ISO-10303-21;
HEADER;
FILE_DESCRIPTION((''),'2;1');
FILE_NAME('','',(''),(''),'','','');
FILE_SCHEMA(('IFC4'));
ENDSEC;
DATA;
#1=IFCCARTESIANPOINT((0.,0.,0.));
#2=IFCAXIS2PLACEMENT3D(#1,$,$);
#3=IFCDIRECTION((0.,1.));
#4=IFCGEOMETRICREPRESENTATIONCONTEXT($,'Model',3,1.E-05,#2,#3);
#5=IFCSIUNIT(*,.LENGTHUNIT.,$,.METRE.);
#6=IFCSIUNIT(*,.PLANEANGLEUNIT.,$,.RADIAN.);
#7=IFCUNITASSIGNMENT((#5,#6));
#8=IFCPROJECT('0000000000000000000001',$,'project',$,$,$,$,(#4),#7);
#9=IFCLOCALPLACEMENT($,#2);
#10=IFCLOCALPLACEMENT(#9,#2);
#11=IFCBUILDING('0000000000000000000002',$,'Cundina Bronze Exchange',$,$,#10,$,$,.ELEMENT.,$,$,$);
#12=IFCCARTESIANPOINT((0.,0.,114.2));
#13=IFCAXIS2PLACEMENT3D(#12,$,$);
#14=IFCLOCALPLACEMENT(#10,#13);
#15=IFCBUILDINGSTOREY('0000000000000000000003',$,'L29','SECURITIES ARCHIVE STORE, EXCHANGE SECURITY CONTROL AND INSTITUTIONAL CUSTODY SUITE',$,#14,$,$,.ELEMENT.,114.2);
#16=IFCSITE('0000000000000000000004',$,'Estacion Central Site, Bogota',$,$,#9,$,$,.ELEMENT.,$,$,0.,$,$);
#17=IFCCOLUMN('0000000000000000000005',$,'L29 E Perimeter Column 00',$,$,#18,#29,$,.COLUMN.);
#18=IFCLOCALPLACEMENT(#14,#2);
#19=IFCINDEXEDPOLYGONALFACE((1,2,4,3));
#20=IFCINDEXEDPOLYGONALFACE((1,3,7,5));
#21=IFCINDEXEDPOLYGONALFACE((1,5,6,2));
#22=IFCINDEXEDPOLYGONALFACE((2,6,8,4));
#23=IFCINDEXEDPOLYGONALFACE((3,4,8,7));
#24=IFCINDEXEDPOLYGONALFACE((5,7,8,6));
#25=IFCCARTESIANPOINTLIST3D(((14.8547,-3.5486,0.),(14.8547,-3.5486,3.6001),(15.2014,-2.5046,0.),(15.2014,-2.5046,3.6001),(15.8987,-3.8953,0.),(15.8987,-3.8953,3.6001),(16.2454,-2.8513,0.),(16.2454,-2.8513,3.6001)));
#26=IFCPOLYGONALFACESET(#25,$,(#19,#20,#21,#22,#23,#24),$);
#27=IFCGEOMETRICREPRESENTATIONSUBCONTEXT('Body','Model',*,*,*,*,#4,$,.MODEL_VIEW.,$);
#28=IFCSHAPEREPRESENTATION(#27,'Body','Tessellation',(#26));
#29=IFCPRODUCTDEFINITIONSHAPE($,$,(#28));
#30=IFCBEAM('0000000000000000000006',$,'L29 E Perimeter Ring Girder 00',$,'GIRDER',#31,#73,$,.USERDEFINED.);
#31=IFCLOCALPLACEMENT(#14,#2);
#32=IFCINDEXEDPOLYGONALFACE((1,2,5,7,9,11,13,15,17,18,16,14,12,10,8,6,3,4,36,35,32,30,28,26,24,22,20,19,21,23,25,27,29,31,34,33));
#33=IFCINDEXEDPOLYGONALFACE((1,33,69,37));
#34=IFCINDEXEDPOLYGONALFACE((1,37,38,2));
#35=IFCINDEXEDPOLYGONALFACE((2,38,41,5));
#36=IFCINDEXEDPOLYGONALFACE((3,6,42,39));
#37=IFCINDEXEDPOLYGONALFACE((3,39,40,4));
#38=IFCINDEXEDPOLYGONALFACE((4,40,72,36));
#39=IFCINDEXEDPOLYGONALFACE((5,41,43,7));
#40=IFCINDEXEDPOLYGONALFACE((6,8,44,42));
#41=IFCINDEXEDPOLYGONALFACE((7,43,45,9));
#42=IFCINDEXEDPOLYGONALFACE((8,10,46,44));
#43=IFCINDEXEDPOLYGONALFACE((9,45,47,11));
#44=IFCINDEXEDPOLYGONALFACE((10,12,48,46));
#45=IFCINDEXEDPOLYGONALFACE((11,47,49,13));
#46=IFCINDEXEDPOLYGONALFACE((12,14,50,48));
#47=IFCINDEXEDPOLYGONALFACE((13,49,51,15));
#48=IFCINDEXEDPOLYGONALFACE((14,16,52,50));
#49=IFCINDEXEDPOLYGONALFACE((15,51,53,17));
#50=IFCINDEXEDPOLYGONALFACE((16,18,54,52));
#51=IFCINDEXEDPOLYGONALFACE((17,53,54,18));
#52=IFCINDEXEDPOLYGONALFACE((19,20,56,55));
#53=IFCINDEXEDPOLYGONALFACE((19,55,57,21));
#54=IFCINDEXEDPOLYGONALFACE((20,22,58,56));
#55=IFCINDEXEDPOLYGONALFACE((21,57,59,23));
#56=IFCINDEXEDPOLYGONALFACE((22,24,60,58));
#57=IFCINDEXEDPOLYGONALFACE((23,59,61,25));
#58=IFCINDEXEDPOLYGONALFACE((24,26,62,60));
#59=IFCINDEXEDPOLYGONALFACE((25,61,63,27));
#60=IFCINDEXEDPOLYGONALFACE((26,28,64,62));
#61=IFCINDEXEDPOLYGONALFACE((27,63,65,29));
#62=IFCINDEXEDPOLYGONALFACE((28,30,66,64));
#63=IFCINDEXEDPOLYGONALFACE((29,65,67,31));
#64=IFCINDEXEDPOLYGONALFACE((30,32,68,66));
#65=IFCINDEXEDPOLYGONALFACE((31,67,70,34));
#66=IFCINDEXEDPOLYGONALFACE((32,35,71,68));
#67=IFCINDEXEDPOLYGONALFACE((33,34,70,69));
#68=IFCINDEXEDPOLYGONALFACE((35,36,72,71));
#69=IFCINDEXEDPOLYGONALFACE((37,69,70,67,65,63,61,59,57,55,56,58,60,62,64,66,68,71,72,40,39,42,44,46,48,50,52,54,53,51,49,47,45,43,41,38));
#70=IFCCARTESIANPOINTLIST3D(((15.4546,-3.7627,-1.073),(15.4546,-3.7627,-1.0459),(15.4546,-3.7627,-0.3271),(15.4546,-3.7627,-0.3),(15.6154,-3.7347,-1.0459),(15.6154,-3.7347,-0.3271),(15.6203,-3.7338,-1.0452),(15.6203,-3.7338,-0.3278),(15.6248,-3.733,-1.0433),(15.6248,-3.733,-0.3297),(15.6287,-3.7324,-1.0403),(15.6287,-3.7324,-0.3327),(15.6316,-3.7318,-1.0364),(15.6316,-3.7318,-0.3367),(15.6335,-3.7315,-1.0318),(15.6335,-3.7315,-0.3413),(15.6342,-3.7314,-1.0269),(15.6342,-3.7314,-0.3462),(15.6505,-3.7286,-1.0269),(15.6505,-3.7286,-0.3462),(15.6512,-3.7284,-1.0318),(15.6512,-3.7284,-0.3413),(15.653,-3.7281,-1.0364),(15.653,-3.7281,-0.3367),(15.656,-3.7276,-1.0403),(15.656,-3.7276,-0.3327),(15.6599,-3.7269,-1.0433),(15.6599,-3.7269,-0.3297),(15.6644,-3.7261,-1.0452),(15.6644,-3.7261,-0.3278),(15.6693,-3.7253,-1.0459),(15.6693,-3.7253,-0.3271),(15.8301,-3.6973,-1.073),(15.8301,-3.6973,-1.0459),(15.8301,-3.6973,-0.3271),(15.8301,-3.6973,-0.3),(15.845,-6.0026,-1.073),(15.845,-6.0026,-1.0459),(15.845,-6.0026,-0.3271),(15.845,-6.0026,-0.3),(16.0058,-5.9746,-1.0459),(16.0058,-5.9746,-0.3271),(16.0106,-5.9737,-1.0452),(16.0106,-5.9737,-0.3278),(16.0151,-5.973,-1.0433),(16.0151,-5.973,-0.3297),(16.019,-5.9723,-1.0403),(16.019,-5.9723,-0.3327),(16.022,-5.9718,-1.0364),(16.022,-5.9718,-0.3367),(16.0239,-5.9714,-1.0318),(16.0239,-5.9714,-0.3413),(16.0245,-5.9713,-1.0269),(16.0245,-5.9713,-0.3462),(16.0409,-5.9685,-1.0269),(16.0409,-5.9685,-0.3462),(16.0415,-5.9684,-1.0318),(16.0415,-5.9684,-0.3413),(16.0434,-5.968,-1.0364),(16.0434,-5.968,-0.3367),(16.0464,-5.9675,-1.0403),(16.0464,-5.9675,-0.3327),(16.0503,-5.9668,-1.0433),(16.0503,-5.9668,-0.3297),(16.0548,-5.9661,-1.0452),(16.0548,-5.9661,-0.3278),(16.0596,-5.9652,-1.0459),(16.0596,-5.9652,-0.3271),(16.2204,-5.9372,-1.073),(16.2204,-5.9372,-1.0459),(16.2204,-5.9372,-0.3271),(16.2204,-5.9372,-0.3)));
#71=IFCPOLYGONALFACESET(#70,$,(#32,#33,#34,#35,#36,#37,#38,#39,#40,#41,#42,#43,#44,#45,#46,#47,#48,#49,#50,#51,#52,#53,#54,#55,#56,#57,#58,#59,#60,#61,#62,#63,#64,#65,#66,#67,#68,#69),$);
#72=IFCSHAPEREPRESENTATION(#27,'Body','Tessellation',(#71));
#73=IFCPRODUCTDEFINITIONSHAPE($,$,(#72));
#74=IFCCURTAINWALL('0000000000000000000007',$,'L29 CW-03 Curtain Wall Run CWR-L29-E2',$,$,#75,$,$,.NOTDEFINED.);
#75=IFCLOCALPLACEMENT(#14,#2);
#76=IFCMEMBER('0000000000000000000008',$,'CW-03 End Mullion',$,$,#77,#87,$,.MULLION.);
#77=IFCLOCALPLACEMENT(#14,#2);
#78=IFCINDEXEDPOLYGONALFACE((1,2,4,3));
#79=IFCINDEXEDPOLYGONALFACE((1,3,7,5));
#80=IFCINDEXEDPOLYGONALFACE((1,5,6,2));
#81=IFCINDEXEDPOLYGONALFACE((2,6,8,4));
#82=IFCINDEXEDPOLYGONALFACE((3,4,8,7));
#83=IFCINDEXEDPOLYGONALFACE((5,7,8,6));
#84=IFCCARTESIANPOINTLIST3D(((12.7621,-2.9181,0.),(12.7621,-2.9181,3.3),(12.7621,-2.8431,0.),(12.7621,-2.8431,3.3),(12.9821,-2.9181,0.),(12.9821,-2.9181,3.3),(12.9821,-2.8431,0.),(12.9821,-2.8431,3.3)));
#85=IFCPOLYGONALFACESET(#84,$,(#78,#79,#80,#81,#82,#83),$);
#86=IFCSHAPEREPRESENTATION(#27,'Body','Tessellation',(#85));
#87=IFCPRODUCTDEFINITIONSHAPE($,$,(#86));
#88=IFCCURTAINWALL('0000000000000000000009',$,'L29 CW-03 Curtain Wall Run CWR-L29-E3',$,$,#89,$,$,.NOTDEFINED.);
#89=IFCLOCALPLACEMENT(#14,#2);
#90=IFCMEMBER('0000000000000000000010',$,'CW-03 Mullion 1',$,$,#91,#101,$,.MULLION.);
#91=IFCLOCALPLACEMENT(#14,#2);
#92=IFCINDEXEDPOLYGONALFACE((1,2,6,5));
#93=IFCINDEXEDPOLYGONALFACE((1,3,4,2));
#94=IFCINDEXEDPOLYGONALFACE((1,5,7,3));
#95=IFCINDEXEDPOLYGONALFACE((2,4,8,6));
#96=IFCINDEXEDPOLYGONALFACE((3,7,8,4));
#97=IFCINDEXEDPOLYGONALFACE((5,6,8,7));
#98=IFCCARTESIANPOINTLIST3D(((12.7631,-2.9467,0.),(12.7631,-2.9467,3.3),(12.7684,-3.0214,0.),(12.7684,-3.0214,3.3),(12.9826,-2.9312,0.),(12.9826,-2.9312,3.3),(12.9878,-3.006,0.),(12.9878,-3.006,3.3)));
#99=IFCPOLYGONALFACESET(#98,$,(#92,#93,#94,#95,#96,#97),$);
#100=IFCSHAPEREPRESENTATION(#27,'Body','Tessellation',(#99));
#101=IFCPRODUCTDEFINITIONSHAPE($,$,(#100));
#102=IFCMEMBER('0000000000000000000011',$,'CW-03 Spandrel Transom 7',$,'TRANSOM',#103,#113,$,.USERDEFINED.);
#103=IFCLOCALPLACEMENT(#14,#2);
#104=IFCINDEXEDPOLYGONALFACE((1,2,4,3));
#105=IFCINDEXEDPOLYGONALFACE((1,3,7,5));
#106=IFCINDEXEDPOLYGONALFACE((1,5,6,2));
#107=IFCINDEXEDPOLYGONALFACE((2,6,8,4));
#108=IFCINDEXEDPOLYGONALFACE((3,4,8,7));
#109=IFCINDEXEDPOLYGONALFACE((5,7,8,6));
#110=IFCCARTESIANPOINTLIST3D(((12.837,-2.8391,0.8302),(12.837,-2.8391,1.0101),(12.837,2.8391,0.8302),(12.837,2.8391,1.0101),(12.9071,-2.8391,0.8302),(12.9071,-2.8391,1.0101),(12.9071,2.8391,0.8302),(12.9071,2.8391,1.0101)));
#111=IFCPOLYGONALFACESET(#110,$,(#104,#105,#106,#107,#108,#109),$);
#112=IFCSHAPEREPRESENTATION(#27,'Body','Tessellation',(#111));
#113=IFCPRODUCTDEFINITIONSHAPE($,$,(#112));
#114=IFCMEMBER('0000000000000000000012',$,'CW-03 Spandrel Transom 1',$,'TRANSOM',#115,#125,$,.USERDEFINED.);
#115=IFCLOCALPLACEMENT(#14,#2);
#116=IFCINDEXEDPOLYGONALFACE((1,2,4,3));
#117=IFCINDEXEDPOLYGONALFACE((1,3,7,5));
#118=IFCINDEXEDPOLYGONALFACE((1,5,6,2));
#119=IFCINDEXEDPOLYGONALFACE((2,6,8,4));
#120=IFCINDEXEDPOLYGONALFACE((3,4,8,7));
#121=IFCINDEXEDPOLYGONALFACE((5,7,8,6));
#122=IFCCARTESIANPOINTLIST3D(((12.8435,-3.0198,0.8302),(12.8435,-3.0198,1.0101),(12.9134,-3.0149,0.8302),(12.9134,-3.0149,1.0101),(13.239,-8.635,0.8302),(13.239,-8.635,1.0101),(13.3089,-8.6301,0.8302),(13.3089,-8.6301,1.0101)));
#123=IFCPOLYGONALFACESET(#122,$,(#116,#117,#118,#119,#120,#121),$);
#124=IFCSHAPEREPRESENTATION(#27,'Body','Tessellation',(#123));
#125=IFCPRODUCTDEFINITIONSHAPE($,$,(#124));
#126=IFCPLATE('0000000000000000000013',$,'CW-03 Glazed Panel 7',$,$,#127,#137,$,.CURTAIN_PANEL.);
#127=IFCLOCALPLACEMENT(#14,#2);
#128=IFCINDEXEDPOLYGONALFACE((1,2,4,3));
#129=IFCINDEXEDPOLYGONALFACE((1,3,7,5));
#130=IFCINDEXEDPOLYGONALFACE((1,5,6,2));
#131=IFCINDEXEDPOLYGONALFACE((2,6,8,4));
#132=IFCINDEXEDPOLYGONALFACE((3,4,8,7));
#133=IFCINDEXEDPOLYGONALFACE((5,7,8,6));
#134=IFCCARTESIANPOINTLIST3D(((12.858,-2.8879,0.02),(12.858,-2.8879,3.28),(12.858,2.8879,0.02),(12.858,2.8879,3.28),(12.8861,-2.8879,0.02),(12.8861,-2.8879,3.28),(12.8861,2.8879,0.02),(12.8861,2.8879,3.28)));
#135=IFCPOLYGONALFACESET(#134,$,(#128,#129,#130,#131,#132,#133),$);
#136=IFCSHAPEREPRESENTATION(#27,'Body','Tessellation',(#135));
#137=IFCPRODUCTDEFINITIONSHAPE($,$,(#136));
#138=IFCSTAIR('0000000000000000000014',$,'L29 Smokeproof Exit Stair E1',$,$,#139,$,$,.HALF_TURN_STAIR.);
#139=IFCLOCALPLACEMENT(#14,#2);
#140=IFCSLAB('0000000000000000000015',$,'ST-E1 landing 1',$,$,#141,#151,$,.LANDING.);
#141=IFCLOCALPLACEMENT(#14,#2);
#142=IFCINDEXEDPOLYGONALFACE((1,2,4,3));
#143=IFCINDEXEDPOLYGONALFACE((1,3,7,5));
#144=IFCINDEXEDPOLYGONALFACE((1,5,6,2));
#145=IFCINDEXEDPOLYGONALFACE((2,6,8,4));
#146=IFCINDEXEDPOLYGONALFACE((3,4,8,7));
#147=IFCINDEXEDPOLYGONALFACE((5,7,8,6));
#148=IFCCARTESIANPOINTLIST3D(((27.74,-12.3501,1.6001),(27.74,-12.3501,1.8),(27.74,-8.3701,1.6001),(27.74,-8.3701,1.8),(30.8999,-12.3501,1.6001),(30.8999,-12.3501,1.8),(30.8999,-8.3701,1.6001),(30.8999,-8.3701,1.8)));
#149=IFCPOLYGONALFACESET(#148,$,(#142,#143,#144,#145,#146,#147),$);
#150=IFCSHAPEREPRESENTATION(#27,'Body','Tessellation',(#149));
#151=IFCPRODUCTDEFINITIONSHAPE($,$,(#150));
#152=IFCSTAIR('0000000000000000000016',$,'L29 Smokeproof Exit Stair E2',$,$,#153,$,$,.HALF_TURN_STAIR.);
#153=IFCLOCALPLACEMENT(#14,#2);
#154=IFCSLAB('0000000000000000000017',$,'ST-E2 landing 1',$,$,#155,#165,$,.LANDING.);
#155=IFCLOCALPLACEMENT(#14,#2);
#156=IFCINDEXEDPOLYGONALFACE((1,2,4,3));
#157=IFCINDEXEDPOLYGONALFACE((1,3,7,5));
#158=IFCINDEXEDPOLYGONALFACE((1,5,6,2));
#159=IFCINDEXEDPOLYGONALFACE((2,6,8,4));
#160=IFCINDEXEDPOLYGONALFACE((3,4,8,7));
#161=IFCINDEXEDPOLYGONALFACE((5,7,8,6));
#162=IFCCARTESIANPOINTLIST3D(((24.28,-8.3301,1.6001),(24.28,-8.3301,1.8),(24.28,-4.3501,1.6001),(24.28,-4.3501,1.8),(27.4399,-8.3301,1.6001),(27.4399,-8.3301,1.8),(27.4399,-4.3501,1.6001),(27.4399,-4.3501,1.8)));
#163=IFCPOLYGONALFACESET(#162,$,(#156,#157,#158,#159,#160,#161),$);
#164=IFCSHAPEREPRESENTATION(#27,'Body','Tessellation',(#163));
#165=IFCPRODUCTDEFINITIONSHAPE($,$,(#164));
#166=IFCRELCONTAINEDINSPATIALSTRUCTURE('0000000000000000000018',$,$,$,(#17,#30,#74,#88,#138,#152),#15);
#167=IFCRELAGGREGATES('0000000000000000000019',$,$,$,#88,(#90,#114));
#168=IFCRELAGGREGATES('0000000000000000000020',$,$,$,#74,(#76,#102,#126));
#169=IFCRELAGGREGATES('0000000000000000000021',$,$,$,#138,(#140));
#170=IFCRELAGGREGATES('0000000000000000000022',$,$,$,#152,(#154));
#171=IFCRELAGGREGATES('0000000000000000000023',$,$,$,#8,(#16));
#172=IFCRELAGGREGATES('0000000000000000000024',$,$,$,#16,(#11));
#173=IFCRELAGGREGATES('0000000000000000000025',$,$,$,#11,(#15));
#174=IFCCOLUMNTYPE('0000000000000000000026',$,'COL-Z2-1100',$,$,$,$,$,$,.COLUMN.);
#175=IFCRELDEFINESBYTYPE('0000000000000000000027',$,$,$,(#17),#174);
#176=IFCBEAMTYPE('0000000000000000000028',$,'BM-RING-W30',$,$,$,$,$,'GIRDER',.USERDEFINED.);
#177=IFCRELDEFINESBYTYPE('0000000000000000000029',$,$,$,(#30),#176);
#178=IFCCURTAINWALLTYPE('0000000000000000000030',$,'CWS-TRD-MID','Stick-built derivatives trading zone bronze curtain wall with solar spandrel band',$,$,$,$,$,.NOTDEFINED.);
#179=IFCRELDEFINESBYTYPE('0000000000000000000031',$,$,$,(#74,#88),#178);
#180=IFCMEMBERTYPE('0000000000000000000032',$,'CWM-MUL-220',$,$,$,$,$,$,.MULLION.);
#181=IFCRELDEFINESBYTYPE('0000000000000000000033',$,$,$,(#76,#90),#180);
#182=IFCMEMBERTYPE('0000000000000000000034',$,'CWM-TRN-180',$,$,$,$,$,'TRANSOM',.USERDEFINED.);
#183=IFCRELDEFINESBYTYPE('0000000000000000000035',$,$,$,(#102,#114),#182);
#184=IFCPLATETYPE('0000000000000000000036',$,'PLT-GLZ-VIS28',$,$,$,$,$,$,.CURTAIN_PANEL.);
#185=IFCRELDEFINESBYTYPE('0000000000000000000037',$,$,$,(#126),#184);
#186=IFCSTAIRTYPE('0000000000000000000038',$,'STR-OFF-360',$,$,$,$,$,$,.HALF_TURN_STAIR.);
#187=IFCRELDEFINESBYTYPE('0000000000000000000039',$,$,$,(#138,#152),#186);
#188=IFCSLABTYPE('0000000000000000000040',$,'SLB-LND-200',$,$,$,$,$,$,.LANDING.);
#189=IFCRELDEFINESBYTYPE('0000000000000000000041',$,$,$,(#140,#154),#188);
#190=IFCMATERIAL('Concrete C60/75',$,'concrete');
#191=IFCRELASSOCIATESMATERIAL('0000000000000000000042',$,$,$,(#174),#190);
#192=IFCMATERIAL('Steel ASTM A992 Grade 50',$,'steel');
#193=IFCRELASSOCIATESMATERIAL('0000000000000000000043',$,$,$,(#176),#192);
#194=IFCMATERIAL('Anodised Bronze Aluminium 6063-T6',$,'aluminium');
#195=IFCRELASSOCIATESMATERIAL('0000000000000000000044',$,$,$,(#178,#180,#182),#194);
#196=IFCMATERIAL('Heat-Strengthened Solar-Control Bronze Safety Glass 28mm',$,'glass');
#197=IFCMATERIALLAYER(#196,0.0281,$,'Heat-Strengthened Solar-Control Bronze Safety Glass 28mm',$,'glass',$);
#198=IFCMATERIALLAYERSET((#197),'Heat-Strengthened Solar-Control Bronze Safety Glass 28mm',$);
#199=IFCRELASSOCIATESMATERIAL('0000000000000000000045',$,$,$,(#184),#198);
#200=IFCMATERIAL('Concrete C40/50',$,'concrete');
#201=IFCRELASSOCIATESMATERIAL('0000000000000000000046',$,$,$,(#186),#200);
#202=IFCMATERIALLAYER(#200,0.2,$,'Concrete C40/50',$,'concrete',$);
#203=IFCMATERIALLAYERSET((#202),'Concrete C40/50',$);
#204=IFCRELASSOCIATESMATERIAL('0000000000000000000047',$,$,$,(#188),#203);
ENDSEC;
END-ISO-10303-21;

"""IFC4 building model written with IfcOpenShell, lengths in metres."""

from ifc_helpers import new_model, si_unit, direction, frame, origin, origin_2d, place, context, subcontext, project, spatial, polyline, rectangle, i_section, outline, extrude, material, layer, layer_set, material_profile, profile_set, type_object, element, aggregate, save


model = new_model("IFC4")

# Units and contexts
model_context = context("Model", 3, precision=1e-05, world=origin(), true_north=direction((0.0, 1.0)))
body_context = subcontext(model_context, "Body", "Model", "MODEL_VIEW")
ifc_project = project(units=[si_unit("LENGTHUNIT", "METRE"), si_unit("PLANEANGLEUNIT", "RADIAN")], contexts=[model_context])

# Site, building, storey
site_placement = place(None, origin())
site = spatial("IfcSite", under=ifc_project, at=site_placement, Name="Estacion Central Site, Bogota", CompositionType="ELEMENT", RefElevation=0.0)
building_placement = place(site_placement, origin())
building = spatial("IfcBuilding", under=site, at=building_placement, Name="Cundina Bronze Exchange", CompositionType="ELEMENT")
storey_placement = place(building_placement, frame((0.0, 0.0, 114.2)))
storey = spatial("IfcBuildingStorey", under=building, at=storey_placement, Name="L29", Description="SECURITIES ARCHIVE STORE, EXCHANGE SECURITY CONTROL AND INSTITUTIONAL CUSTODY SUITE", CompositionType="ELEMENT", Elevation=114.2)

# Column
ifc_material_1 = material(Name="Concrete C60/75", Category="concrete")
ifc_material_profile_1 = material_profile(ifc_material_1, rectangle(XDim=1.1001, YDim=1.1001, at=origin_2d()), Name="RC1100X1100", Category="concrete")
ifc_profile_set_1 = profile_set([ifc_material_profile_1], Name="Concrete C60/75")
column_type = type_object("IfcColumnType", Name="COL-Z2-1100", PredefinedType="COLUMN", material=ifc_profile_set_1)
column_placement = place(storey_placement, frame((15.55, -3.2, 0.0), z_axis=(0.0, 0.0, 1.0), x_axis=(-0.315152, -0.949041, 0.0)))
element("IfcColumn", 1, at=column_placement, inside=storey, type_object=column_type, Name="L29 E Perimeter Column 00", PredefinedType="COLUMN", context=body_context, shape_type="SweptSolid", body=[
    extrude(rectangle(XDim=1.1001, YDim=1.1001, at=origin_2d()), origin(), (0.0, 0.0, 1.0), 3.6001),
])

# Beam
ifc_material_2 = material(Name="Steel ASTM A992 Grade 50", Category="steel")
ifc_material_profile_2 = material_profile(ifc_material_2, i_section(OverallWidth=0.3811, OverallDepth=0.7729, WebThickness=0.0166, FlangeThickness=0.0271, FilletRadius=0.019, at=origin_2d()), Name="W30X173", Category="steel")
ifc_profile_set_2 = profile_set([ifc_material_profile_2], Name="Steel ASTM A992 Grade 50")
beam_type = type_object("IfcBeamType", Name="BM-RING-W30", ElementType="GIRDER", PredefinedType="USERDEFINED", material=ifc_profile_set_2)
beam_placement = place(storey_placement, frame((15.6423, -3.73, -0.6865), z_axis=(0.17169, -0.985151, 0.0), x_axis=(0.985151, 0.17169, 0.0)))
element("IfcBeam", 2, at=beam_placement, inside=storey, type_object=beam_type, Name="L29 E Perimeter Ring Girder 00", ObjectType="GIRDER", PredefinedType="USERDEFINED", context=body_context, shape_type="SweptSolid", body=[
    extrude(i_section(OverallWidth=0.3811, OverallDepth=0.7729, WebThickness=0.0166, FlangeThickness=0.0271, FilletRadius=0.019, at=origin_2d()), origin(), (0.0, 0.0, 1.0), 2.2737),
])

# Curtain walls, members
ifc_material_3 = material(Name="Anodised Bronze Aluminium 6063-T6", Category="aluminium")
curtain_wall_type = type_object("IfcCurtainWallType", Name="CWS-TRD-MID", Description="Stick-built derivatives trading zone bronze curtain wall with solar spandrel band", PredefinedType="NOTDEFINED", material=ifc_material_3)
curtain_wall_1_placement = place(storey_placement, origin())
curtain_wall_1 = element("IfcCurtainWall", 3, at=curtain_wall_1_placement, inside=storey, type_object=curtain_wall_type, Name="L29 CW-03 Curtain Wall Run CWR-L29-E2", PredefinedType="NOTDEFINED")
ifc_material_profile_3 = material_profile(ifc_material_3, rectangle(XDim=0.075, YDim=0.22, at=origin_2d()), Name="AL75X220", Category="aluminium")
ifc_profile_set_3 = profile_set([ifc_material_profile_3], Name="Anodised Bronze Aluminium 6063-T6")
member_type_1 = type_object("IfcMemberType", Name="CWM-MUL-220", PredefinedType="MULLION", material=ifc_profile_set_3)
member_1_placement = place(storey_placement, frame((12.8721, -2.8806, 0.0), z_axis=(0.0, 0.0, 1.0), x_axis=(0.0, -1.0, 0.0)))
member_1 = element("IfcMember", 4, at=member_1_placement, type_object=member_type_1, Name="CW-03 End Mullion", PredefinedType="MULLION", context=body_context, shape_type="SweptSolid", body=[
    extrude(rectangle(XDim=0.075, YDim=0.22, at=origin_2d()), origin(), (0.0, 0.0, 1.0), 3.3),
])
curtain_wall_2_placement = place(storey_placement, origin())
curtain_wall_2 = element("IfcCurtainWall", 5, at=curtain_wall_2_placement, inside=storey, type_object=curtain_wall_type, Name="L29 CW-03 Curtain Wall Run CWR-L29-E3", PredefinedType="NOTDEFINED")
member_2_placement = place(storey_placement, frame((12.8755, -2.9763, 0.0), z_axis=(0.0, 0.0, 1.0), x_axis=(0.070279, -0.997527, 0.0)))
member_2 = element("IfcMember", 6, at=member_2_placement, type_object=member_type_1, Name="CW-03 Mullion 1", PredefinedType="MULLION", context=body_context, shape_type="SweptSolid", body=[
    extrude(rectangle(XDim=0.075, YDim=0.22, at=origin_2d()), origin(), (0.0, 0.0, 1.0), 3.3),
])

# Members
ifc_material_profile_4 = material_profile(ifc_material_3, rectangle(XDim=0.0701, YDim=0.1799, at=origin_2d()), Name="AL70X180", Category="aluminium")
ifc_profile_set_4 = profile_set([ifc_material_profile_4], Name="Anodised Bronze Aluminium 6063-T6")
member_type_2 = type_object("IfcMemberType", Name="CWM-TRN-180", ElementType="TRANSOM", PredefinedType="USERDEFINED", material=ifc_profile_set_4)
member_3_placement = place(storey_placement, frame((12.8721, 2.8391, 0.9202), z_axis=(0.0, -1.0, 0.0), x_axis=(1.0, 0.0, 0.0)))
member_3 = element("IfcMember", 7, at=member_3_placement, type_object=member_type_2, Name="CW-03 Spandrel Transom 7", ObjectType="TRANSOM", PredefinedType="USERDEFINED", context=body_context, shape_type="SweptSolid", body=[
    extrude(rectangle(XDim=0.0701, YDim=0.1799, at=origin_2d()), origin(), (0.0, 0.0, 1.0), 5.6782),
])
member_4_placement = place(storey_placement, frame((12.8784, -3.0173, 0.9202), z_axis=(0.070261, -0.997529, 0.0), x_axis=(0.997529, 0.070261, 0.0)))
member_4 = element("IfcMember", 8, at=member_4_placement, type_object=member_type_2, Name="CW-03 Spandrel Transom 1", ObjectType="TRANSOM", PredefinedType="USERDEFINED", context=body_context, shape_type="SweptSolid", body=[
    extrude(rectangle(XDim=0.0701, YDim=0.1799, at=origin_2d()), origin(), (0.0, 0.0, 1.0), 5.6292),
])
aggregate(curtain_wall_2, [member_2, member_4])

# Plate
ifc_material_4 = material(Name="Heat-Strengthened Solar-Control Bronze Safety Glass 28mm", Category="glass")
ifc_layer_1 = layer(ifc_material_4, 0.0281, Name="Heat-Strengthened Solar-Control Bronze Safety Glass 28mm", Category="glass")
ifc_layer_set_1 = layer_set([ifc_layer_1], Name="Heat-Strengthened Solar-Control Bronze Safety Glass 28mm")
plate_type = type_object("IfcPlateType", Name="PLT-GLZ-VIS28", PredefinedType="CURTAIN_PANEL", material=ifc_layer_set_1)
plate_placement = place(storey_placement, frame((12.8721, 0.0, 0.02), z_axis=(0.0, 0.0, 1.0), x_axis=(0.0, -1.0, 0.0)))
plate = element("IfcPlate", 9, at=plate_placement, type_object=plate_type, Name="CW-03 Glazed Panel 7", PredefinedType="CURTAIN_PANEL", context=body_context, shape_type="SweptSolid", body=[
    extrude(rectangle(XDim=5.7759, YDim=0.0281, at=origin_2d()), origin(), (0.0, 0.0, 1.0), 3.26),
])
aggregate(curtain_wall_1, [member_1, member_3, plate])

# Stairs, slabs
ifc_material_5 = material(Name="Concrete C40/50", Category="concrete")
stair_type = type_object("IfcStairType", Name="STR-OFF-360", PredefinedType="HALF_TURN_STAIR", material=ifc_material_5)
stair_1_placement = place(storey_placement, origin())
stair_1 = element("IfcStair", 10, at=stair_1_placement, inside=storey, type_object=stair_type, Name="L29 Smokeproof Exit Stair E1", PredefinedType="HALF_TURN_STAIR")
ifc_layer_2 = layer(ifc_material_5, 0.2, Name="Concrete C40/50", Category="concrete")
ifc_layer_set_2 = layer_set([ifc_layer_2], Name="Concrete C40/50")
slab_type = type_object("IfcSlabType", Name="SLB-LND-200", PredefinedType="LANDING", material=ifc_layer_set_2)
slab_1_placement = place(storey_placement, frame((0.0, 0.0, 1.6001)))
slab_1 = element("IfcSlab", 11, at=slab_1_placement, type_object=slab_type, Name="ST-E1 landing 1", PredefinedType="LANDING", context=body_context, shape_type="SweptSolid", body=[
    extrude(outline(polyline([(27.74, -8.3701), (27.74, -12.3501), (30.8999, -12.3501), (30.8999, -8.3701), (27.74, -8.3701)])), origin(), (0.0, 0.0, 1.0), 0.2),
])
aggregate(stair_1, [slab_1])
stair_2_placement = place(storey_placement, origin())
stair_2 = element("IfcStair", 12, at=stair_2_placement, inside=storey, type_object=stair_type, Name="L29 Smokeproof Exit Stair E2", PredefinedType="HALF_TURN_STAIR")
slab_2_placement = place(storey_placement, frame((0.0, 0.0, 1.6001)))
slab_2 = element("IfcSlab", 13, at=slab_2_placement, type_object=slab_type, Name="ST-E2 landing 1", PredefinedType="LANDING", context=body_context, shape_type="SweptSolid", body=[
    extrude(outline(polyline([(27.4399, -8.3301), (27.4399, -4.3501), (24.28, -4.3501), (24.28, -8.3301), (27.4399, -8.3301)])), origin(), (0.0, 0.0, 1.0), 0.2),
])
aggregate(stair_2, [slab_2])

save(model, "model.ifc")
